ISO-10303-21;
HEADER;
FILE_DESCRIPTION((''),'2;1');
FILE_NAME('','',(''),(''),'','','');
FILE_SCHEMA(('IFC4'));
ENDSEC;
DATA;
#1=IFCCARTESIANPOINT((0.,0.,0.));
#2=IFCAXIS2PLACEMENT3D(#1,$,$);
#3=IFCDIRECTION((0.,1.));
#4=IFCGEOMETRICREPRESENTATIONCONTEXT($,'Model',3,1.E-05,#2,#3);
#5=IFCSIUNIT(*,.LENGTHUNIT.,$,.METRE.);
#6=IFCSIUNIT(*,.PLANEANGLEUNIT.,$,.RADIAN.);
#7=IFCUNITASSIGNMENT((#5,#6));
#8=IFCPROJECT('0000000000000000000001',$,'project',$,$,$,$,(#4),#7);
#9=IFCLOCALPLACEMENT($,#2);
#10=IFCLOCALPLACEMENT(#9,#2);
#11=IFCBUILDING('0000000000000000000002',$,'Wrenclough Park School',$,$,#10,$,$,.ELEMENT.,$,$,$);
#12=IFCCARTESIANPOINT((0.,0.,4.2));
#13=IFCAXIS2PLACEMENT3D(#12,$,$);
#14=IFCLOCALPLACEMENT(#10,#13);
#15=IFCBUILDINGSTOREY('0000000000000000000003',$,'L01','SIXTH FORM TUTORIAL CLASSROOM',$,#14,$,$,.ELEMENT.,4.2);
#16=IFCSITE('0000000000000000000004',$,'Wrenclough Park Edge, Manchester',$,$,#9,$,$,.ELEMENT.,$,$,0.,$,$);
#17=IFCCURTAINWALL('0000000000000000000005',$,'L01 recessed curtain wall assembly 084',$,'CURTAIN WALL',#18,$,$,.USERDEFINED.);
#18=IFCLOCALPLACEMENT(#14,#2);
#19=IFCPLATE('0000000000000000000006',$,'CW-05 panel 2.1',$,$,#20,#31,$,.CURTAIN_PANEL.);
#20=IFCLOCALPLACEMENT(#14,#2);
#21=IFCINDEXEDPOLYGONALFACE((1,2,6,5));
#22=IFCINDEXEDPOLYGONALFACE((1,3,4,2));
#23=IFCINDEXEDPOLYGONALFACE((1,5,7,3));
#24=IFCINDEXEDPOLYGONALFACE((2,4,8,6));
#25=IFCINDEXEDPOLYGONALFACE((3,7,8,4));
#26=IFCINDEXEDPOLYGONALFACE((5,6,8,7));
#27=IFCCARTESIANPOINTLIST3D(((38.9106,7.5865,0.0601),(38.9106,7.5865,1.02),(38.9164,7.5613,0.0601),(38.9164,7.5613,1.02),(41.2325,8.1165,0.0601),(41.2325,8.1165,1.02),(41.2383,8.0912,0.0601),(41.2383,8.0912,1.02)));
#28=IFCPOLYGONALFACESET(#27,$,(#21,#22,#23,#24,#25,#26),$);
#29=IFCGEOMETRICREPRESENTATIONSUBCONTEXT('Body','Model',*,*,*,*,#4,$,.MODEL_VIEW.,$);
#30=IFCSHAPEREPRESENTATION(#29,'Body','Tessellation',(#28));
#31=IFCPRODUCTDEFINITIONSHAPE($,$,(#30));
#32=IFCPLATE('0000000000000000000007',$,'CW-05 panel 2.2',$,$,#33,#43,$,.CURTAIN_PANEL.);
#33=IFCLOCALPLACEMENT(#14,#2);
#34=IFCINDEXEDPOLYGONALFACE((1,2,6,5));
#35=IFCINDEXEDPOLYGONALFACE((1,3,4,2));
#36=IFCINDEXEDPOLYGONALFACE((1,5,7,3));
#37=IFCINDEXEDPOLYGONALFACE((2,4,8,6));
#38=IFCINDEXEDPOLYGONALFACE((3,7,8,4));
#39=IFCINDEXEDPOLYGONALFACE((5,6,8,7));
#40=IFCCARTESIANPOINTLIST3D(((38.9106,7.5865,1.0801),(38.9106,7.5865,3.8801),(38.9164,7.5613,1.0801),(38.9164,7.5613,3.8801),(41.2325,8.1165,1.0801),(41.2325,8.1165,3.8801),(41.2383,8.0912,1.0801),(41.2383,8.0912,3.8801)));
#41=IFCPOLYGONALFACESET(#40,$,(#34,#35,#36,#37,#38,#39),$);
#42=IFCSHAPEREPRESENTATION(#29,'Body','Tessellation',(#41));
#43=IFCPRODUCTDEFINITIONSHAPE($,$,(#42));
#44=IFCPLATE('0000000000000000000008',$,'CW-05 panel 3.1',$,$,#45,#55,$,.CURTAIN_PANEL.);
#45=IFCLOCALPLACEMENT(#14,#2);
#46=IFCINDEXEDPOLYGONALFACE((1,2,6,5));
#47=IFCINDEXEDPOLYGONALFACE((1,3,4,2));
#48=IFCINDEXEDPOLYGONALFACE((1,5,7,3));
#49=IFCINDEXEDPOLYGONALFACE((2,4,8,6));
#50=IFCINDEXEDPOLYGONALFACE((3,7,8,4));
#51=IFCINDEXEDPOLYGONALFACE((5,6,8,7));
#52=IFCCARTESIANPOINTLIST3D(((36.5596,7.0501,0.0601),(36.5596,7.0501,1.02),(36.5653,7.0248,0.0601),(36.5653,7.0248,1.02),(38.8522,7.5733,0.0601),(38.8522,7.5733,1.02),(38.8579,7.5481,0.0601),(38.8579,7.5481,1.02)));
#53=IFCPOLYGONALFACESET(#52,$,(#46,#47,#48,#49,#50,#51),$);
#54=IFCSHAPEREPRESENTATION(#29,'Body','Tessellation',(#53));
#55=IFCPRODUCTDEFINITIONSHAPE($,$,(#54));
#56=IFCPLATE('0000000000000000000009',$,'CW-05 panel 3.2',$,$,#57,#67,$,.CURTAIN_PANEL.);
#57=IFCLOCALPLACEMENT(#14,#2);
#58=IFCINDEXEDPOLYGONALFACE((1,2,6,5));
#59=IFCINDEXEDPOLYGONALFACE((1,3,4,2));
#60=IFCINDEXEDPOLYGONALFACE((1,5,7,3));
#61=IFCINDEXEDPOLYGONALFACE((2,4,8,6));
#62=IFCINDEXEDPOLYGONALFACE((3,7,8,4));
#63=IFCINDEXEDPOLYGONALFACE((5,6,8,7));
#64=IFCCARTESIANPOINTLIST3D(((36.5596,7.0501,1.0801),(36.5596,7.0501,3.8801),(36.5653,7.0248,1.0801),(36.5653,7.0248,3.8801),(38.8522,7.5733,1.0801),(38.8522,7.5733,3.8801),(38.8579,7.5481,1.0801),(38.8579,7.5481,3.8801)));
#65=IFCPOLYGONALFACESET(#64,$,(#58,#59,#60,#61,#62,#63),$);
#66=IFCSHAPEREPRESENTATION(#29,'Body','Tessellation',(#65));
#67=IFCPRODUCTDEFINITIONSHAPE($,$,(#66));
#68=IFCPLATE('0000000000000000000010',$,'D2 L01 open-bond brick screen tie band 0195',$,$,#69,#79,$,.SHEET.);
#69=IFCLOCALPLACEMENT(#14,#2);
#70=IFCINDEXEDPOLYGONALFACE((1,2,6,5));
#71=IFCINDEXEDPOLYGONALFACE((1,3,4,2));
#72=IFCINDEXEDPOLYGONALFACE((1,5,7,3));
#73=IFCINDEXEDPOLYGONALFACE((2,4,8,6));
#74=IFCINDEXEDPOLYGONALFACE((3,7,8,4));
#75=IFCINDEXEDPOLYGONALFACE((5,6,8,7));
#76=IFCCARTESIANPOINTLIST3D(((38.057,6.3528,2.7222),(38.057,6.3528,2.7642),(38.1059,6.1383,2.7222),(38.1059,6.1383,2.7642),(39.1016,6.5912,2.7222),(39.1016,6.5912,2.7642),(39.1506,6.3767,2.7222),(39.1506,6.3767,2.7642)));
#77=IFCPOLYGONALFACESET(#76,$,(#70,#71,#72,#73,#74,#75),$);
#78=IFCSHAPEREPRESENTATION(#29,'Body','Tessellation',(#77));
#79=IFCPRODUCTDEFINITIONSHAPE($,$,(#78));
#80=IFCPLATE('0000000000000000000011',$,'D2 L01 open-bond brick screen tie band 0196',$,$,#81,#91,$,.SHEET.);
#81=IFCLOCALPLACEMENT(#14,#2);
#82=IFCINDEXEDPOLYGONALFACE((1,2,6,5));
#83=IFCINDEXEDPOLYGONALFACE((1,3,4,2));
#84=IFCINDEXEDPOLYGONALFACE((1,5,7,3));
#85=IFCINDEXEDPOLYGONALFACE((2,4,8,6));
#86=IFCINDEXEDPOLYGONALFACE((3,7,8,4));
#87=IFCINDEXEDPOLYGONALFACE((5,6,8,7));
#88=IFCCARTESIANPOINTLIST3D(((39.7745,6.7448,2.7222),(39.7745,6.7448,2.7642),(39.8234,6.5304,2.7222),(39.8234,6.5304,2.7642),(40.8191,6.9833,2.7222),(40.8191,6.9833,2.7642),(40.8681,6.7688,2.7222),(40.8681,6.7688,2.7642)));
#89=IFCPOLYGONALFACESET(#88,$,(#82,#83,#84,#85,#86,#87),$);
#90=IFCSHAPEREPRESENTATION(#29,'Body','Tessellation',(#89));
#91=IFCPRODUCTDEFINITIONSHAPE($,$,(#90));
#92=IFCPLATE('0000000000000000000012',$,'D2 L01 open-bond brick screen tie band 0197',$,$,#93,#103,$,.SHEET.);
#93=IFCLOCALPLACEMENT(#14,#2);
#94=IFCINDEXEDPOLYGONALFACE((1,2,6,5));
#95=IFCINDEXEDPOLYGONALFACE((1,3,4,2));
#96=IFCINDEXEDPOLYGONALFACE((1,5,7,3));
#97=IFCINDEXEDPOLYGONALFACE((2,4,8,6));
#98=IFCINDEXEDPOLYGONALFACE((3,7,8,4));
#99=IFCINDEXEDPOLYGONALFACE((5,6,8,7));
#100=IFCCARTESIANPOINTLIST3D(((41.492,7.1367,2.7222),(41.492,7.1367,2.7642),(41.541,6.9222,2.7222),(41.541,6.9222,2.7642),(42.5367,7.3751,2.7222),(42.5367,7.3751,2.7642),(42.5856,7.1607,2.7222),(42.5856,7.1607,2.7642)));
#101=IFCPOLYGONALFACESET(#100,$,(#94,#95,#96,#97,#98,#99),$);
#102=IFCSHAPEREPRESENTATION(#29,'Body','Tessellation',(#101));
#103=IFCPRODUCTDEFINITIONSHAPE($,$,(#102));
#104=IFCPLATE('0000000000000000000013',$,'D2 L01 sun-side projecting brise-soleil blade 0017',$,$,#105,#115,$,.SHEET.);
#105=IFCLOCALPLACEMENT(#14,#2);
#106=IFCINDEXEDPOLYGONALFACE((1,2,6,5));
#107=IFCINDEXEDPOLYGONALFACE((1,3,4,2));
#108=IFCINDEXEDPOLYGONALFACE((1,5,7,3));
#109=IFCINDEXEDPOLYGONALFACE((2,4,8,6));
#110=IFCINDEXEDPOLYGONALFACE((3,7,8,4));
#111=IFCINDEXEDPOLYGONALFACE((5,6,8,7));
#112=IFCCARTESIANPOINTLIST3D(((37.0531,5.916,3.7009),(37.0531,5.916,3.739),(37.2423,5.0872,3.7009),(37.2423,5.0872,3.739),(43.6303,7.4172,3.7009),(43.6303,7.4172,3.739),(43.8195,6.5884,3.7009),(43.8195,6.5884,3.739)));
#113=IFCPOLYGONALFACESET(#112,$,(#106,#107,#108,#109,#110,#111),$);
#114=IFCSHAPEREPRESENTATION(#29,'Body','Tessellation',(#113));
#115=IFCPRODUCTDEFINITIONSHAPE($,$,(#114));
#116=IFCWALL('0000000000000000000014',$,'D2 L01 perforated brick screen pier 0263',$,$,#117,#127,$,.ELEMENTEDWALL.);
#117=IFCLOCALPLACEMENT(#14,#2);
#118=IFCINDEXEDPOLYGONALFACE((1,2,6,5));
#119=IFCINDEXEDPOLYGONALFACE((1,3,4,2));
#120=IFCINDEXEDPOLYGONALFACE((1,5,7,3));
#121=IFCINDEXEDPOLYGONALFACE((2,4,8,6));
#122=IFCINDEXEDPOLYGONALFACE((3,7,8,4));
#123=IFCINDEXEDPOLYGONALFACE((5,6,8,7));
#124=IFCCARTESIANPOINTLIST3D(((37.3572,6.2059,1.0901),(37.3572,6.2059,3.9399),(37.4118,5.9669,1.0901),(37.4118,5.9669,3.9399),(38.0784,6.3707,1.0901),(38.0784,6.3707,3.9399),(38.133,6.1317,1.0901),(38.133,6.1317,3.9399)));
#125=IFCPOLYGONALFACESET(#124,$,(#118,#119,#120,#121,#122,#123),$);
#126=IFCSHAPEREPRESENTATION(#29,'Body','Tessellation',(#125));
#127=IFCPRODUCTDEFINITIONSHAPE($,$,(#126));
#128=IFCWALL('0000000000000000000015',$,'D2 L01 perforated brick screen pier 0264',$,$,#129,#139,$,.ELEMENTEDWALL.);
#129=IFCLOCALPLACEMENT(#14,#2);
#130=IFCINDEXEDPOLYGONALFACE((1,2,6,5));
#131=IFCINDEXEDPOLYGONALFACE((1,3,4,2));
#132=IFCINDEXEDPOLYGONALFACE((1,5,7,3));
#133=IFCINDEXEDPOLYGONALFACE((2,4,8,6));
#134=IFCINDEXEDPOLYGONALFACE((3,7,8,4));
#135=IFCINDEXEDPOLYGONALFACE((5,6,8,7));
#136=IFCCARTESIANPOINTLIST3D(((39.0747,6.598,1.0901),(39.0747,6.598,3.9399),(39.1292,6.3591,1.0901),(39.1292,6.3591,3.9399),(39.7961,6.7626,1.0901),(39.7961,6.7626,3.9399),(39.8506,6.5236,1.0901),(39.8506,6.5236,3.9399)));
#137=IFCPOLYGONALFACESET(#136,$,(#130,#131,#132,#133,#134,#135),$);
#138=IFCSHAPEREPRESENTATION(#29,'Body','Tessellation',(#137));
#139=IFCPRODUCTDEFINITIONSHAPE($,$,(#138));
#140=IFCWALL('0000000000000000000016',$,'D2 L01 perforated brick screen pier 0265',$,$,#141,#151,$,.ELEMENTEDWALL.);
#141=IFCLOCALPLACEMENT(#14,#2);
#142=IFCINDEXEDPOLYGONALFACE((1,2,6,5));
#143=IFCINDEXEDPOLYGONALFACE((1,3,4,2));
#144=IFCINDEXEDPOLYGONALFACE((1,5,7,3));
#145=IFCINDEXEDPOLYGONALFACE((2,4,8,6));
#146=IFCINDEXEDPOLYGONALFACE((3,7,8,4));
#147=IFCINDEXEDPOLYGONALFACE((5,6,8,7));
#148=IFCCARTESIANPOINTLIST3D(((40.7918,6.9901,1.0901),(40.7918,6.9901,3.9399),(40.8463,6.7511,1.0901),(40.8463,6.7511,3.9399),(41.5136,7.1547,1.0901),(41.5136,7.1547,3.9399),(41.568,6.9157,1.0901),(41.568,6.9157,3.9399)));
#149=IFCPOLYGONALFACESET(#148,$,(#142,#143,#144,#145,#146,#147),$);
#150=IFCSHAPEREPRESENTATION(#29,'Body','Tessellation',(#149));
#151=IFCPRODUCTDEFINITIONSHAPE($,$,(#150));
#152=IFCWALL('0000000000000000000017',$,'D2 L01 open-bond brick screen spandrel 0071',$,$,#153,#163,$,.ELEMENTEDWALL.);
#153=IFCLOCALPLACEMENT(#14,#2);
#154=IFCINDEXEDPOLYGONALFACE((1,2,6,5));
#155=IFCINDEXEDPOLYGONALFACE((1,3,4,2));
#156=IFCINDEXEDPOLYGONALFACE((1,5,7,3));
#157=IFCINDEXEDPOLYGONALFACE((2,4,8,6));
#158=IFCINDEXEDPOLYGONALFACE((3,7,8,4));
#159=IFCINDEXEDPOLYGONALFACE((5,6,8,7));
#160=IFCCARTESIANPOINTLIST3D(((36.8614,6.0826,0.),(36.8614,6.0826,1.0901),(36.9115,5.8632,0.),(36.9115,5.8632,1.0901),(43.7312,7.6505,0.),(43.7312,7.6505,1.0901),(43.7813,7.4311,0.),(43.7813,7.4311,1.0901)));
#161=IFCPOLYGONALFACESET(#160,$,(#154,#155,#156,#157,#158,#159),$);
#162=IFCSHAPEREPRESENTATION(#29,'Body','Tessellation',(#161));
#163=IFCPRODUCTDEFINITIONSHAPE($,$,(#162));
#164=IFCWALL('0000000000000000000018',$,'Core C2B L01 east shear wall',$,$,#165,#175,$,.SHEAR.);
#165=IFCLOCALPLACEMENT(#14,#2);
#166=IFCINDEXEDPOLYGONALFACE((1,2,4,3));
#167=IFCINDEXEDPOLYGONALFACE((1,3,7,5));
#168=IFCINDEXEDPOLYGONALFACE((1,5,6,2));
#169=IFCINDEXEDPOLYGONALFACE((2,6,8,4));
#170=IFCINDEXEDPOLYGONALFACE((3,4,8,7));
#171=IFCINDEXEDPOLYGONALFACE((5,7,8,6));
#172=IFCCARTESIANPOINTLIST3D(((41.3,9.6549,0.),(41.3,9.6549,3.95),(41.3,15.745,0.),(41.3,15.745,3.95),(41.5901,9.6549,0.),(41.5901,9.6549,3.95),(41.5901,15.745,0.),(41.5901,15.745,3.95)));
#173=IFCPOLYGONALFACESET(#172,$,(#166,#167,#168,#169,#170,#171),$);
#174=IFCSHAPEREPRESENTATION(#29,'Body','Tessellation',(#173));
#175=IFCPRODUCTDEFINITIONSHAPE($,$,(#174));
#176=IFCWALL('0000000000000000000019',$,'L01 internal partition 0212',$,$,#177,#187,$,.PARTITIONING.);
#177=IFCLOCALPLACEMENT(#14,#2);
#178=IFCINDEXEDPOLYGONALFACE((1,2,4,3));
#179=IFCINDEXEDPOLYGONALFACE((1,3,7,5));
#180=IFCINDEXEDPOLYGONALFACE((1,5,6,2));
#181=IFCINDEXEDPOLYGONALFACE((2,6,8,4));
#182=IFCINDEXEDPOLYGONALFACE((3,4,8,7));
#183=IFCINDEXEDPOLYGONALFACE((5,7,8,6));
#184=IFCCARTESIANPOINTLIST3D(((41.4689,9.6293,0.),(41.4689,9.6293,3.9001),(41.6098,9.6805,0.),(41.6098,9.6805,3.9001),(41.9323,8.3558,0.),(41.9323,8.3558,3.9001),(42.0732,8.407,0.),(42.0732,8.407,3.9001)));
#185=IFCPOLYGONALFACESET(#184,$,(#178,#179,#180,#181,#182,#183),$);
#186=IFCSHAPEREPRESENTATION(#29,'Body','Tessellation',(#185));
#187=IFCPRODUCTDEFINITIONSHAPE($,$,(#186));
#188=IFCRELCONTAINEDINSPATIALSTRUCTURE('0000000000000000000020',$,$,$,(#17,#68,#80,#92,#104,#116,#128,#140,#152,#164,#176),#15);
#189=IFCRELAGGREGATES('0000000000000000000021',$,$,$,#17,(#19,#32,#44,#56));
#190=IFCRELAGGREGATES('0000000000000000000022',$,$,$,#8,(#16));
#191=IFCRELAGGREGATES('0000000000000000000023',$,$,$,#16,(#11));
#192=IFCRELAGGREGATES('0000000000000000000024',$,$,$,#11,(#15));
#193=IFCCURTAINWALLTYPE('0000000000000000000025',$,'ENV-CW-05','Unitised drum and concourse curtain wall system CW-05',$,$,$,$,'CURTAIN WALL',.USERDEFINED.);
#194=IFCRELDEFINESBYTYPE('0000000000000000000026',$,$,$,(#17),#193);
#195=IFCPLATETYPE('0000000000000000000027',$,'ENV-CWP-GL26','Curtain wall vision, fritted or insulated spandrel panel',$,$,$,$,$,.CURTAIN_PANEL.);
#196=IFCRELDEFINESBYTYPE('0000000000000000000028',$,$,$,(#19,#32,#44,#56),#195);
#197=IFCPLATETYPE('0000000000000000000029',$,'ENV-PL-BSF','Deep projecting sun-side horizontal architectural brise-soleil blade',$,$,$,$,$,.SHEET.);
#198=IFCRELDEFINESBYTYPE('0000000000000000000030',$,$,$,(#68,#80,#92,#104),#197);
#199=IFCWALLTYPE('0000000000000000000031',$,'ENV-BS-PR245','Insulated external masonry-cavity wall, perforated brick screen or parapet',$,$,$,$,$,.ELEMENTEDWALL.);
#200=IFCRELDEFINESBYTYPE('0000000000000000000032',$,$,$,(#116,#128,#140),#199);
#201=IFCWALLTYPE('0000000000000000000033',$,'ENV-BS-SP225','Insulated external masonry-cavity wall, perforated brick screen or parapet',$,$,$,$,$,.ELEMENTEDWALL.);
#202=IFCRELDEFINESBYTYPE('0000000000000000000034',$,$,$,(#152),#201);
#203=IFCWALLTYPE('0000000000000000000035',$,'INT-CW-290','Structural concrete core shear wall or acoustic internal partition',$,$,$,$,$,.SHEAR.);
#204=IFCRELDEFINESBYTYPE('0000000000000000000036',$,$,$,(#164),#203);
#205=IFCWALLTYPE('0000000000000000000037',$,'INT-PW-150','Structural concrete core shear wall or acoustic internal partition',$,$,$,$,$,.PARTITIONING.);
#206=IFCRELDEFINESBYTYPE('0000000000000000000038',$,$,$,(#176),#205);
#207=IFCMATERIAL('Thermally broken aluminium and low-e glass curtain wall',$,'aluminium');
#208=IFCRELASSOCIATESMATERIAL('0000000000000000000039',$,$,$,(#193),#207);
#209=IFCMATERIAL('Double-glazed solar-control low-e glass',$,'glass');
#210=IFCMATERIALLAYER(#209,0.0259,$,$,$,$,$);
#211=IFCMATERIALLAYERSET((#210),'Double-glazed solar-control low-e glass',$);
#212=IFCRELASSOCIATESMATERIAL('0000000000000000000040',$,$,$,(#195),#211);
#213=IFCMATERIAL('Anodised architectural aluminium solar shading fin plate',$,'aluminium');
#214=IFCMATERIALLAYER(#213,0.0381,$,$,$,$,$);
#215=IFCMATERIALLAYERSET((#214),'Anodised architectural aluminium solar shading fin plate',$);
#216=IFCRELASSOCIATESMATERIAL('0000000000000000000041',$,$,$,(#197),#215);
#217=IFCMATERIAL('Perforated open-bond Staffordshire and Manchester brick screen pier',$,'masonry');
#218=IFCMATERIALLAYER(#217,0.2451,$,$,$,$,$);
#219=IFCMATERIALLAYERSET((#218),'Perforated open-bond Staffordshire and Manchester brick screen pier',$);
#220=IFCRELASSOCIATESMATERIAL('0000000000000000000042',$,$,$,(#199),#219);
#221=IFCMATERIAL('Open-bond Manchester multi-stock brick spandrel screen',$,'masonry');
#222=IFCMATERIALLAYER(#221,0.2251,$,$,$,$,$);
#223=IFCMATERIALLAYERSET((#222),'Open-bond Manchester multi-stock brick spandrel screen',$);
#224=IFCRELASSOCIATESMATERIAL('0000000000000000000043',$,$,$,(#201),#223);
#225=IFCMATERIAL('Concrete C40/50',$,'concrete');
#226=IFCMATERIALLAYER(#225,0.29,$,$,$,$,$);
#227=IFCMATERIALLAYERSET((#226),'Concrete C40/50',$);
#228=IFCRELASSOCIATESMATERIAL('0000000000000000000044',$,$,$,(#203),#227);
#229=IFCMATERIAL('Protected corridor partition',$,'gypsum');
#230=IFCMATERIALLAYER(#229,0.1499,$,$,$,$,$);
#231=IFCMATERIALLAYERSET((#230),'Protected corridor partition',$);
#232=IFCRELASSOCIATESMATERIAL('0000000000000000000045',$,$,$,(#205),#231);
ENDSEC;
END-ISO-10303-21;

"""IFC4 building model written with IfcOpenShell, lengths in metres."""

from ifc_helpers import new_model, si_unit, direction, frame, frame_2d, origin, origin_2d, place, context, subcontext, project, spatial, rectangle, extrude, material, layer, layer_set, type_object, element, aggregate, save


model = new_model("IFC4")

# Units and contexts
model_context = context("Model", 3, precision=1e-05, world=origin(), true_north=direction((0.0, 1.0)))
body_context = subcontext(model_context, "Body", "Model", "MODEL_VIEW")
ifc_project = project(units=[si_unit("LENGTHUNIT", "METRE"), si_unit("PLANEANGLEUNIT", "RADIAN")], contexts=[model_context])

# Site, building, storey
site_placement = place(None, origin())
site = spatial("IfcSite", under=ifc_project, at=site_placement, Name="Wrenclough Park Edge, Manchester", CompositionType="ELEMENT", RefElevation=0.0)
building_placement = place(site_placement, origin())
building = spatial("IfcBuilding", under=site, at=building_placement, Name="Wrenclough Park School", CompositionType="ELEMENT")
storey_placement = place(building_placement, frame((0.0, 0.0, 4.2)))
storey = spatial("IfcBuildingStorey", under=building, at=storey_placement, Name="L01", Description="SIXTH FORM TUTORIAL CLASSROOM", CompositionType="ELEMENT", Elevation=4.2)

# Curtain wall
ifc_material_1 = material(Name="Thermally broken aluminium and low-e glass curtain wall", Category="aluminium")
curtain_wall_type = type_object("IfcCurtainWallType", Name="ENV-CW-05", Description="Unitised drum and concourse curtain wall system CW-05", ElementType="CURTAIN WALL", PredefinedType="USERDEFINED", material=ifc_material_1)
curtain_wall_placement = place(storey_placement, origin())
curtain_wall = element("IfcCurtainWall", 1, at=curtain_wall_placement, inside=storey, type_object=curtain_wall_type, Name="L01 recessed curtain wall assembly 084", ObjectType="CURTAIN WALL", PredefinedType="USERDEFINED")

# Plates
ifc_material_2 = material(Name="Double-glazed solar-control low-e glass", Category="glass")
ifc_layer_1 = layer(ifc_material_2, 0.0259)
ifc_layer_set_1 = layer_set([ifc_layer_1], Name="Double-glazed solar-control low-e glass")
plate_type_1 = type_object("IfcPlateType", Name="ENV-CWP-GL26", Description="Curtain wall vision, fritted or insulated spandrel panel", PredefinedType="CURTAIN_PANEL", material=ifc_layer_set_1)
plate_1_placement = place(storey_placement, frame((40.0745, 7.8389, 0.0601), z_axis=(0.0, 0.0, 1.0), x_axis=(-0.97493, -0.222514, 0.0)))
plate_1 = element("IfcPlate", 2, at=plate_1_placement, type_object=plate_type_1, Name="CW-05 panel 2.1", PredefinedType="CURTAIN_PANEL", context=body_context, shape_type="SweptSolid", body=[
    extrude(rectangle(XDim=2.3816, YDim=0.0259, at=origin_2d()), origin(), (0.0, 0.0, 1.0), 0.96),
])
plate_2_placement = place(storey_placement, frame((40.0745, 7.8389, 1.0801), z_axis=(0.0, 0.0, 1.0), x_axis=(-0.97493, -0.222514, 0.0)))
plate_2 = element("IfcPlate", 3, at=plate_2_placement, type_object=plate_type_1, Name="CW-05 panel 2.2", PredefinedType="CURTAIN_PANEL", context=body_context, shape_type="SweptSolid", body=[
    extrude(rectangle(XDim=2.3816, YDim=0.0259, at=origin_2d()), origin(), (0.0, 0.0, 1.0), 2.8),
])
plate_3_placement = place(storey_placement, frame((37.7087, 7.2991, 0.0601), z_axis=(0.0, 0.0, 1.0), x_axis=(-0.97493, -0.222514, 0.0)))
plate_3 = element("IfcPlate", 4, at=plate_3_placement, type_object=plate_type_1, Name="CW-05 panel 3.1", PredefinedType="CURTAIN_PANEL", context=body_context, shape_type="SweptSolid", body=[
    extrude(rectangle(XDim=2.3516, YDim=0.0259, at=origin_2d()), origin(), (0.0, 0.0, 1.0), 0.96),
])
plate_4_placement = place(storey_placement, frame((37.7087, 7.2991, 1.0801), z_axis=(0.0, 0.0, 1.0), x_axis=(-0.97493, -0.222514, 0.0)))
plate_4 = element("IfcPlate", 5, at=plate_4_placement, type_object=plate_type_1, Name="CW-05 panel 3.2", PredefinedType="CURTAIN_PANEL", context=body_context, shape_type="SweptSolid", body=[
    extrude(rectangle(XDim=2.3516, YDim=0.0259, at=origin_2d()), origin(), (0.0, 0.0, 1.0), 2.8),
])
aggregate(curtain_wall, [plate_1, plate_2, plate_3, plate_4])

# Plates
ifc_material_3 = material(Name="Anodised architectural aluminium solar shading fin plate", Category="aluminium")
ifc_layer_2 = layer(ifc_material_3, 0.0381)
ifc_layer_set_2 = layer_set([ifc_layer_2], Name="Anodised architectural aluminium solar shading fin plate")
plate_type_2 = type_object("IfcPlateType", Name="ENV-PL-BSF", Description="Deep projecting sun-side horizontal architectural brise-soleil blade", PredefinedType="SHEET", material=ifc_layer_set_2)
for number, where, z_axis, x_axis, name in (
    (6, (38.6038, 6.3647, 2.7222), (0.0, 0.0, 1.0), (0.974927, 0.222526, 0.0), "D2 L01 open-bond brick screen tie band 0195"),
    (7, (40.3213, 6.7568, 2.7222), (0.0, 0.0, 1.0), (0.974927, 0.222526, 0.0), "D2 L01 open-bond brick screen tie band 0196"),
    (8, (42.0388, 7.1487, 2.7222), (0.0, 0.0, 1.0), (0.974927, 0.222526, 0.0), "D2 L01 open-bond brick screen tie band 0197"),
):
    element("IfcPlate", number, at=place(storey_placement, frame(where, z_axis=z_axis, x_axis=x_axis)), inside=storey, type_object=plate_type_2, Name=name, PredefinedType="SHEET", context=body_context, shape_type="SweptSolid", body=[
        extrude(rectangle(XDim=1.0715, YDim=0.22, at=origin_2d()), origin(), (0.0, 0.0, 1.0), 0.042),
    ])
plate_5_placement = place(storey_placement, frame((40.4363, 6.2522, 3.7009), z_axis=(0.0, 0.0, 1.0), x_axis=(0.974927, 0.222526, 0.0)))
element("IfcPlate", 9, at=plate_5_placement, inside=storey, type_object=plate_type_2, Name="D2 L01 sun-side projecting brise-soleil blade 0017", PredefinedType="SHEET", context=body_context, shape_type="SweptSolid", body=[
    extrude(rectangle(XDim=6.7463, YDim=0.8501, at=origin_2d()), origin(), (0.0, 0.0, 1.0), 0.0381),
])

# Walls
ifc_material_4 = material(Name="Perforated open-bond Staffordshire and Manchester brick screen pier", Category="masonry")
ifc_layer_3 = layer(ifc_material_4, 0.2451)
ifc_layer_set_3 = layer_set([ifc_layer_3], Name="Perforated open-bond Staffordshire and Manchester brick screen pier")
wall_type_1 = type_object("IfcWallType", Name="ENV-BS-PR245", Description="Insulated external masonry-cavity wall, perforated brick screen or parapet", PredefinedType="ELEMENTEDWALL", material=ifc_layer_set_3)
wall_1_placement = place(storey_placement, frame((37.3845, 6.0864, 1.0901), z_axis=(0.0, 0.0, 1.0), x_axis=(0.974873, 0.222762, 0.0)))
element("IfcWall", 10, at=wall_1_placement, inside=storey, type_object=wall_type_1, Name="D2 L01 perforated brick screen pier 0263", PredefinedType="ELEMENTEDWALL", context=body_context, shape_type="SweptSolid", body=[
    extrude(rectangle(XDim=0.7397, YDim=0.2451, at=frame_2d((0.3699, 0.0))), origin(), (0.0, 0.0, 1.0), 2.8499),
])
wall_2_placement = place(storey_placement, frame((39.1018, 6.4785, 1.0901), z_axis=(0.0, 0.0, 1.0), x_axis=(0.974961, 0.222377, 0.0)))
element("IfcWall", 11, at=wall_2_placement, inside=storey, type_object=wall_type_1, Name="D2 L01 perforated brick screen pier 0264", PredefinedType="ELEMENTEDWALL", context=body_context, shape_type="SweptSolid", body=[
    extrude(rectangle(XDim=0.74, YDim=0.2451, at=frame_2d((0.3701, 0.0))), origin(), (0.0, 0.0, 1.0), 2.8499),
])
wall_3_placement = place(storey_placement, frame((40.8191, 6.8706, 1.0901), z_axis=(0.0, 0.0, 1.0), x_axis=(0.974977, 0.222305, 0.0)))
element("IfcWall", 12, at=wall_3_placement, inside=storey, type_object=wall_type_1, Name="D2 L01 perforated brick screen pier 0265", PredefinedType="ELEMENTEDWALL", context=body_context, shape_type="SweptSolid", body=[
    extrude(rectangle(XDim=0.7402, YDim=0.2451, at=frame_2d((0.3701, 0.0))), origin(), (0.0, 0.0, 1.0), 2.8499),
])
ifc_material_5 = material(Name="Open-bond Manchester multi-stock brick spandrel screen", Category="masonry")
ifc_layer_4 = layer(ifc_material_5, 0.2251)
ifc_layer_set_4 = layer_set([ifc_layer_4], Name="Open-bond Manchester multi-stock brick spandrel screen")
wall_type_2 = type_object("IfcWallType", Name="ENV-BS-SP225", Description="Insulated external masonry-cavity wall, perforated brick screen or parapet", PredefinedType="ELEMENTEDWALL", material=ifc_layer_set_4)
wall_4_placement = place(storey_placement, frame((36.8865, 5.9729, 0.0), z_axis=(0.0, 0.0, 1.0), x_axis=(0.97493, 0.222511, 0.0)))
element("IfcWall", 13, at=wall_4_placement, inside=storey, type_object=wall_type_2, Name="D2 L01 open-bond brick screen spandrel 0071", PredefinedType="ELEMENTEDWALL", context=body_context, shape_type="SweptSolid", body=[
    extrude(rectangle(XDim=7.0464, YDim=0.2251, at=frame_2d((3.5232, 0.0))), origin(), (0.0, 0.0, 1.0), 1.0901),
])
ifc_material_6 = material(Name="Concrete C40/50", Category="concrete")
ifc_layer_5 = layer(ifc_material_6, 0.29)
ifc_layer_set_5 = layer_set([ifc_layer_5], Name="Concrete C40/50")
wall_type_3 = type_object("IfcWallType", Name="INT-CW-290", Description="Structural concrete core shear wall or acoustic internal partition", PredefinedType="SHEAR", material=ifc_layer_set_5)
wall_5_placement = place(storey_placement, frame((41.4451, 9.655, 0.0), z_axis=(0.0, 0.0, 1.0), x_axis=(0.0, 1.0, 0.0)))
element("IfcWall", 14, at=wall_5_placement, inside=storey, type_object=wall_type_3, Name="Core C2B L01 east shear wall", PredefinedType="SHEAR", context=body_context, shape_type="SweptSolid", body=[
    extrude(rectangle(XDim=6.0901, YDim=0.29, at=frame_2d((3.0449, 0.0))), origin(), (0.0, 0.0, 1.0), 3.95),
])
ifc_material_7 = material(Name="Protected corridor partition", Category="gypsum")
ifc_layer_6 = layer(ifc_material_7, 0.1499)
ifc_layer_set_6 = layer_set([ifc_layer_6], Name="Protected corridor partition")
wall_type_4 = type_object("IfcWallType", Name="INT-PW-150", Description="Structural concrete core shear wall or acoustic internal partition", PredefinedType="PARTITIONING", material=ifc_layer_set_6)
wall_6_placement = place(storey_placement, frame((41.5393, 9.655, 0.0), z_axis=(0.0, 0.0, 1.0), x_axis=(0.341946, -0.93972, 0.0)))
element("IfcWall", 15, at=wall_6_placement, inside=storey, type_object=wall_type_4, Name="L01 internal partition 0212", PredefinedType="PARTITIONING", context=body_context, shape_type="SweptSolid", body=[
    extrude(rectangle(XDim=1.3552, YDim=0.1499, at=frame_2d((0.6777, 0.0))), origin(), (0.0, 0.0, 1.0), 3.9001),
])

save(model, "model.ifc")
